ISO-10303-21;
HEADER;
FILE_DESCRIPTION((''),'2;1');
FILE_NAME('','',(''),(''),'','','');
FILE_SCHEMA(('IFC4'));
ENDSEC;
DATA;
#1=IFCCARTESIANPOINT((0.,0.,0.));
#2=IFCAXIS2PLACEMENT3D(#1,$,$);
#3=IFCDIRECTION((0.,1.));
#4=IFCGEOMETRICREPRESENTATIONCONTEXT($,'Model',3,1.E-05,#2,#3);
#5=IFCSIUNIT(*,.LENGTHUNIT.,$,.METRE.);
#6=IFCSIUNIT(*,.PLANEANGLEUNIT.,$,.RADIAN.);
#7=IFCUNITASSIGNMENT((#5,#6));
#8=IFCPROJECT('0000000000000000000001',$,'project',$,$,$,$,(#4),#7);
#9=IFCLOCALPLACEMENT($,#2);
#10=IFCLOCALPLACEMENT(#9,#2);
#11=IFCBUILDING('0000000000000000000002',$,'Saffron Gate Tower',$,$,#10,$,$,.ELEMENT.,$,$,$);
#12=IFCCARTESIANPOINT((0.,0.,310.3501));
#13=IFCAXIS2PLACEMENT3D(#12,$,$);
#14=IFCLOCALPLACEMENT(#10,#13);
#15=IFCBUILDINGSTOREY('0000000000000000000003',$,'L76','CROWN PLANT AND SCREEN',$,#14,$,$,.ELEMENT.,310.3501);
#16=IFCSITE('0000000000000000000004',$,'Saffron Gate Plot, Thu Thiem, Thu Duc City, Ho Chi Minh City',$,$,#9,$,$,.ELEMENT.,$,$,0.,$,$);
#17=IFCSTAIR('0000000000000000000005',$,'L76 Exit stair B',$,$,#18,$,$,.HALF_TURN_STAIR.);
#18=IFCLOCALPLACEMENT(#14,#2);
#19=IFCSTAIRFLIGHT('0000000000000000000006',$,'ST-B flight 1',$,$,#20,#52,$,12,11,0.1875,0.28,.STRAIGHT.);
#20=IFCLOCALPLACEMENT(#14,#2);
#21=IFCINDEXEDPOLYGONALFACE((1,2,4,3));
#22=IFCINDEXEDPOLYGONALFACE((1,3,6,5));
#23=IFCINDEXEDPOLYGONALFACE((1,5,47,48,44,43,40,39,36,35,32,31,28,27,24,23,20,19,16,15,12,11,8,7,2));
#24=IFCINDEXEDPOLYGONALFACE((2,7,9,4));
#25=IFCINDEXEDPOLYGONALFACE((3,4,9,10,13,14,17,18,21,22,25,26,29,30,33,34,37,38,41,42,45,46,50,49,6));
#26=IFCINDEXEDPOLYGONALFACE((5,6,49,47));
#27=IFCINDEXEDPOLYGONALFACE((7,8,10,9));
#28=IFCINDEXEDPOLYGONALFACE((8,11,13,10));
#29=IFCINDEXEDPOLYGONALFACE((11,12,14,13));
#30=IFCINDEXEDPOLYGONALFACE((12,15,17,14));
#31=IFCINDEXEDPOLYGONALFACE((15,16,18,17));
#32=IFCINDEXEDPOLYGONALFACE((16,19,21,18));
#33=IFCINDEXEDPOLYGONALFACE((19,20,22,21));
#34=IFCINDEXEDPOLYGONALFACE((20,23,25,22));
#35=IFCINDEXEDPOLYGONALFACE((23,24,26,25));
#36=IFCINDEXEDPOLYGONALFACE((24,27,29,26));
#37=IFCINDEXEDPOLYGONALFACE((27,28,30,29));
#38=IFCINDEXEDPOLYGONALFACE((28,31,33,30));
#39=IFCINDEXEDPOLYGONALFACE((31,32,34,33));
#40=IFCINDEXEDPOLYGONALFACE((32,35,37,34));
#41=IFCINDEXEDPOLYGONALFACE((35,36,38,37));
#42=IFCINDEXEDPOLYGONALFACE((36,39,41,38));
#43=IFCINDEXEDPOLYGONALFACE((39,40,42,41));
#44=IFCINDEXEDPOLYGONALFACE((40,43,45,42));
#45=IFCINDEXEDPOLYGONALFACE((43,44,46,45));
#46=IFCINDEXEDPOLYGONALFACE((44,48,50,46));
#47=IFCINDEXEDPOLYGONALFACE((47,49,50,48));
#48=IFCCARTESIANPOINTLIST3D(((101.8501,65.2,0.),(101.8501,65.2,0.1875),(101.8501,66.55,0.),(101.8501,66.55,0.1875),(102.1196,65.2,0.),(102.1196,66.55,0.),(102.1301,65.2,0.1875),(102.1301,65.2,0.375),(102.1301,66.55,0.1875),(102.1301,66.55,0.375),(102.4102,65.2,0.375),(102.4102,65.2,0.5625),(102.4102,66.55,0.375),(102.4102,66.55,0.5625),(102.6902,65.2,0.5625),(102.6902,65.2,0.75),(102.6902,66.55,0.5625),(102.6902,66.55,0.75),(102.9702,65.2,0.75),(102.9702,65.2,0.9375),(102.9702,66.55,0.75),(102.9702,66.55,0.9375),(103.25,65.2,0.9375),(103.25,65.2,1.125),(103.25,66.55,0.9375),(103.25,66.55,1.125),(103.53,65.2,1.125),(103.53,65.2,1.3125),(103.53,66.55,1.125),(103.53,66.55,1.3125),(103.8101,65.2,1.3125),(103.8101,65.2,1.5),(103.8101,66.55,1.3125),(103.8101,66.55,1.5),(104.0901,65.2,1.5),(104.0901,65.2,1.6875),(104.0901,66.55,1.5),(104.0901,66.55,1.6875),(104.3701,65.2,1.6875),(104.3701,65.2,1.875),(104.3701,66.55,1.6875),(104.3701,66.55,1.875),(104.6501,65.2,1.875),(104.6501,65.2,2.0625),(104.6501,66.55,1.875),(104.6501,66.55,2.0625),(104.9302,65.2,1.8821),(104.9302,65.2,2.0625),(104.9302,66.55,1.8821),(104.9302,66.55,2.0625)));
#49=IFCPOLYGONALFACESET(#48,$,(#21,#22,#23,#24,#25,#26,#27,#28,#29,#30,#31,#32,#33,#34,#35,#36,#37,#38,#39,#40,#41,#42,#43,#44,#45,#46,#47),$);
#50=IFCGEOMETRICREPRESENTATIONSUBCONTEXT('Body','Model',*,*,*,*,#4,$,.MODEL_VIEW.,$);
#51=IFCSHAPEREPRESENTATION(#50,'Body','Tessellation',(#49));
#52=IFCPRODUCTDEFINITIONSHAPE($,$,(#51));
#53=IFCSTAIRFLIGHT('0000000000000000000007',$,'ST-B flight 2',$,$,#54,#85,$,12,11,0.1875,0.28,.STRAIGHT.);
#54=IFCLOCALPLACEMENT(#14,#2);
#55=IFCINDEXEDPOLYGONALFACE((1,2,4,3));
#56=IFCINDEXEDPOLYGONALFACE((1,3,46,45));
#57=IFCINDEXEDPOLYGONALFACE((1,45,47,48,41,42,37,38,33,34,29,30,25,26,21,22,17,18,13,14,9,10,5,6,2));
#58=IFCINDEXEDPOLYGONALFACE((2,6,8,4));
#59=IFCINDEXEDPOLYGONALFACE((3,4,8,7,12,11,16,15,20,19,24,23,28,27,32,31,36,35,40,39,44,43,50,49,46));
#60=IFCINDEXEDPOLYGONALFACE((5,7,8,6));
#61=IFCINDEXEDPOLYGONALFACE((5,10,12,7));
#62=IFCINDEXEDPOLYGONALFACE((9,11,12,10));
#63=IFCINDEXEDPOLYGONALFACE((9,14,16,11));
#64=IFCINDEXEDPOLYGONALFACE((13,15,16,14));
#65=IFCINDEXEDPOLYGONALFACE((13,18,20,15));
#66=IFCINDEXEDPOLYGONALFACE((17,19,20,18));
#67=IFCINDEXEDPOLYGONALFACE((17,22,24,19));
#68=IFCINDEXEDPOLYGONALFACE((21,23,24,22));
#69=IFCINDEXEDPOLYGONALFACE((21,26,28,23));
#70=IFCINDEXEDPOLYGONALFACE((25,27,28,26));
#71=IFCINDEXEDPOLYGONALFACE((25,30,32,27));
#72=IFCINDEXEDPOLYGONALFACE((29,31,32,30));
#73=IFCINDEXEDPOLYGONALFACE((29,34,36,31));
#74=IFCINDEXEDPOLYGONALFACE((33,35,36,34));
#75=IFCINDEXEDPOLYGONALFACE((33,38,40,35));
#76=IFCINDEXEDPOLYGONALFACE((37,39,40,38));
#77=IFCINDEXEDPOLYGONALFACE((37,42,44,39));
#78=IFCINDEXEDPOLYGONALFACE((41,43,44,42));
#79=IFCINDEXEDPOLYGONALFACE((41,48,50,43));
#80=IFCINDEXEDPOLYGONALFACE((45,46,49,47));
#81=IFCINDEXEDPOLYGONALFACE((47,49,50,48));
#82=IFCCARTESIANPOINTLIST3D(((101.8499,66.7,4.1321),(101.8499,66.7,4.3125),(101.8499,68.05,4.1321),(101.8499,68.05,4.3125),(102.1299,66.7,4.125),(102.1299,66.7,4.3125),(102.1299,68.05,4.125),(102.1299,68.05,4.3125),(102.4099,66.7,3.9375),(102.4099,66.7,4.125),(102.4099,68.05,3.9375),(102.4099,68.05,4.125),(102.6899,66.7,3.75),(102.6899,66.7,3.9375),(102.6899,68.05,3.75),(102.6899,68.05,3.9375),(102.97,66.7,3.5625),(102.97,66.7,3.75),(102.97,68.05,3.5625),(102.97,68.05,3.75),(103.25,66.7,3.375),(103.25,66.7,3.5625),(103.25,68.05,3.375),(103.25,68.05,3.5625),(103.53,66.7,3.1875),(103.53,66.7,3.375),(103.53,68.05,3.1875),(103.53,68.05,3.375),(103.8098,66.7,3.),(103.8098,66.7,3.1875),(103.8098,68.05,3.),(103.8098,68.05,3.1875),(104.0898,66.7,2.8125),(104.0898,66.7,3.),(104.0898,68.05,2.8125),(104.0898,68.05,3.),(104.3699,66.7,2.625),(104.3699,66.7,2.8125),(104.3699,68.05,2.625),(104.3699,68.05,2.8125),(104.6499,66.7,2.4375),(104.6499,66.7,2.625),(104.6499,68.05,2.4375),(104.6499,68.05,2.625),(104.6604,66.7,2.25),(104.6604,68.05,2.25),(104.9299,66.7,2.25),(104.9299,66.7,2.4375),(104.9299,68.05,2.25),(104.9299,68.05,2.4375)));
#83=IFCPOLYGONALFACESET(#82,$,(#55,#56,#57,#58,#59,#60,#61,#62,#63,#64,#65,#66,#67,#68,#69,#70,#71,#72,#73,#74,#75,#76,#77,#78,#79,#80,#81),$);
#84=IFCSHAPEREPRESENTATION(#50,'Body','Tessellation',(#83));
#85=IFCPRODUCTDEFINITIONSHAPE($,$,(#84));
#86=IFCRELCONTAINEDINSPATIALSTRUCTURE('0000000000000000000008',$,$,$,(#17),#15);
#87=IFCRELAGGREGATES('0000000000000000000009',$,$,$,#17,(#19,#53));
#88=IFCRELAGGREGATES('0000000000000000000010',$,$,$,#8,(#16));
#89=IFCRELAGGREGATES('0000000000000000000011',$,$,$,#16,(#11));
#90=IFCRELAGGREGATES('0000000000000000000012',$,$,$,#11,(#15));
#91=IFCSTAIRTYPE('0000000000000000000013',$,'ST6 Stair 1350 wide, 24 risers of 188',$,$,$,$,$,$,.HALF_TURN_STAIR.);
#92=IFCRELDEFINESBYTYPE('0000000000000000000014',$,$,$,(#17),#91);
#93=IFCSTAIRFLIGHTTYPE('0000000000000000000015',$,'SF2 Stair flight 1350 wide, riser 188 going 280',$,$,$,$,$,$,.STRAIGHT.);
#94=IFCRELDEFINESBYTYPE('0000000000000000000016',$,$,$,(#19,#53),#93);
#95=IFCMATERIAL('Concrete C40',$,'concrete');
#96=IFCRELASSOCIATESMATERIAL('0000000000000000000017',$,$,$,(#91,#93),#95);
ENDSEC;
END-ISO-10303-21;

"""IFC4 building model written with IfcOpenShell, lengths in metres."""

from ifc_helpers import new_model, si_unit, direction, frame, origin, place, context, subcontext, project, spatial, polyline, outline, extrude, material, type_object, element, aggregate, save


model = new_model("IFC4")

# Units and contexts
model_context = context("Model", 3, precision=1e-05, world=origin(), true_north=direction((0.0, 1.0)))
body_context = subcontext(model_context, "Body", "Model", "MODEL_VIEW")
ifc_project = project(units=[si_unit("LENGTHUNIT", "METRE"), si_unit("PLANEANGLEUNIT", "RADIAN")], contexts=[model_context])

# Site, building, storey
site_placement = place(None, origin())
site = spatial("IfcSite", under=ifc_project, at=site_placement, Name="Saffron Gate Plot, Thu Thiem, Thu Duc City, Ho Chi Minh City", CompositionType="ELEMENT", RefElevation=0.0)
building_placement = place(site_placement, origin())
building = spatial("IfcBuilding", under=site, at=building_placement, Name="Saffron Gate Tower", CompositionType="ELEMENT")
storey_placement = place(building_placement, frame((0.0, 0.0, 310.3501)))
storey = spatial("IfcBuildingStorey", under=building, at=storey_placement, Name="L76", Description="CROWN PLANT AND SCREEN", CompositionType="ELEMENT", Elevation=310.3501)

# Shared definitions
ifc_material_1 = material(Name="Concrete C40", Category="concrete")

# Stair, stair flights
stair_type = type_object("IfcStairType", Name="ST6 Stair 1350 wide, 24 risers of 188", PredefinedType="HALF_TURN_STAIR", material=ifc_material_1)
stair_placement = place(storey_placement, origin())
stair = element("IfcStair", 1, at=stair_placement, inside=storey, type_object=stair_type, Name="L76 Exit stair B", PredefinedType="HALF_TURN_STAIR")
stair_flight_type = type_object("IfcStairFlightType", Name="SF2 Stair flight 1350 wide, riser 188 going 280", PredefinedType="STRAIGHT", material=ifc_material_1)
stair_flight_1_placement = place(storey_placement, frame((101.8501, 65.875, 0.0), z_axis=(0.0, 0.0, 1.0), x_axis=(1.0, 0.0, 0.0)))
stair_flight_1 = element("IfcStairFlight", 2, at=stair_flight_1_placement, type_object=stair_flight_type, Name="ST-B flight 1", NumberOfRisers=12, NumberOfTreads=11, PredefinedType="STRAIGHT", RiserHeight=0.1875, TreadLength=0.28, context=body_context, shape_type="SweptSolid", body=[
    extrude(outline(polyline([(0.0, 0.0), (0.0, 0.1875), (0.28, 0.1875), (0.28, 0.375), (0.5601, 0.375), (0.5601, 0.5625), (0.8401, 0.5625), (0.8401, 0.75), (1.1201, 0.75), (1.1201, 0.9375), (1.3999, 0.9375), (1.3999, 1.125), (1.6799, 1.125), (1.6799, 1.3125), (1.96, 1.3125), (1.96, 1.5), (2.24, 1.5), (2.24, 1.6875), (2.52, 1.6875), (2.52, 1.875), (2.8, 1.875), (2.8, 2.0625), (3.0801, 2.0625), (3.0801, 2.25), (3.0801, 1.8821), (0.2695, 0.0), (0.0, 0.0)])), frame((0.0, 0.675, 0.0), z_axis=(0.0, -1.0, 0.0), x_axis=(1.0, 0.0, 0.0)), (0.0, 0.0, 1.0), 1.3501),
])
stair_flight_2_placement = place(storey_placement, frame((104.9299, 67.375, 2.25), z_axis=(0.0, 0.0, 1.0), x_axis=(-1.0, 0.0, 0.0)))
stair_flight_2 = element("IfcStairFlight", 3, at=stair_flight_2_placement, type_object=stair_flight_type, Name="ST-B flight 2", NumberOfRisers=12, NumberOfTreads=11, PredefinedType="STRAIGHT", RiserHeight=0.1875, TreadLength=0.28, context=body_context, shape_type="SweptSolid", body=[
    extrude(outline(polyline([(0.0, 0.0), (0.0, 0.1875), (0.28, 0.1875), (0.28, 0.375), (0.5601, 0.375), (0.5601, 0.5625), (0.8401, 0.5625), (0.8401, 0.75), (1.1201, 0.75), (1.1201, 0.9375), (1.3999, 0.9375), (1.3999, 1.125), (1.6799, 1.125), (1.6799, 1.3125), (1.96, 1.3125), (1.96, 1.5), (2.24, 1.5), (2.24, 1.6875), (2.52, 1.6875), (2.52, 1.875), (2.8, 1.875), (2.8, 2.0625), (3.0801, 2.0625), (3.0801, 2.25), (3.0801, 1.8821), (0.2695, 0.0), (0.0, 0.0)])), frame((0.0, 0.675, 0.0), z_axis=(0.0, -1.0, 0.0), x_axis=(1.0, 0.0, 0.0)), (0.0, 0.0, 1.0), 1.3501),
])
aggregate(stair, [stair_flight_1, stair_flight_2])

save(model, "model.ifc")
